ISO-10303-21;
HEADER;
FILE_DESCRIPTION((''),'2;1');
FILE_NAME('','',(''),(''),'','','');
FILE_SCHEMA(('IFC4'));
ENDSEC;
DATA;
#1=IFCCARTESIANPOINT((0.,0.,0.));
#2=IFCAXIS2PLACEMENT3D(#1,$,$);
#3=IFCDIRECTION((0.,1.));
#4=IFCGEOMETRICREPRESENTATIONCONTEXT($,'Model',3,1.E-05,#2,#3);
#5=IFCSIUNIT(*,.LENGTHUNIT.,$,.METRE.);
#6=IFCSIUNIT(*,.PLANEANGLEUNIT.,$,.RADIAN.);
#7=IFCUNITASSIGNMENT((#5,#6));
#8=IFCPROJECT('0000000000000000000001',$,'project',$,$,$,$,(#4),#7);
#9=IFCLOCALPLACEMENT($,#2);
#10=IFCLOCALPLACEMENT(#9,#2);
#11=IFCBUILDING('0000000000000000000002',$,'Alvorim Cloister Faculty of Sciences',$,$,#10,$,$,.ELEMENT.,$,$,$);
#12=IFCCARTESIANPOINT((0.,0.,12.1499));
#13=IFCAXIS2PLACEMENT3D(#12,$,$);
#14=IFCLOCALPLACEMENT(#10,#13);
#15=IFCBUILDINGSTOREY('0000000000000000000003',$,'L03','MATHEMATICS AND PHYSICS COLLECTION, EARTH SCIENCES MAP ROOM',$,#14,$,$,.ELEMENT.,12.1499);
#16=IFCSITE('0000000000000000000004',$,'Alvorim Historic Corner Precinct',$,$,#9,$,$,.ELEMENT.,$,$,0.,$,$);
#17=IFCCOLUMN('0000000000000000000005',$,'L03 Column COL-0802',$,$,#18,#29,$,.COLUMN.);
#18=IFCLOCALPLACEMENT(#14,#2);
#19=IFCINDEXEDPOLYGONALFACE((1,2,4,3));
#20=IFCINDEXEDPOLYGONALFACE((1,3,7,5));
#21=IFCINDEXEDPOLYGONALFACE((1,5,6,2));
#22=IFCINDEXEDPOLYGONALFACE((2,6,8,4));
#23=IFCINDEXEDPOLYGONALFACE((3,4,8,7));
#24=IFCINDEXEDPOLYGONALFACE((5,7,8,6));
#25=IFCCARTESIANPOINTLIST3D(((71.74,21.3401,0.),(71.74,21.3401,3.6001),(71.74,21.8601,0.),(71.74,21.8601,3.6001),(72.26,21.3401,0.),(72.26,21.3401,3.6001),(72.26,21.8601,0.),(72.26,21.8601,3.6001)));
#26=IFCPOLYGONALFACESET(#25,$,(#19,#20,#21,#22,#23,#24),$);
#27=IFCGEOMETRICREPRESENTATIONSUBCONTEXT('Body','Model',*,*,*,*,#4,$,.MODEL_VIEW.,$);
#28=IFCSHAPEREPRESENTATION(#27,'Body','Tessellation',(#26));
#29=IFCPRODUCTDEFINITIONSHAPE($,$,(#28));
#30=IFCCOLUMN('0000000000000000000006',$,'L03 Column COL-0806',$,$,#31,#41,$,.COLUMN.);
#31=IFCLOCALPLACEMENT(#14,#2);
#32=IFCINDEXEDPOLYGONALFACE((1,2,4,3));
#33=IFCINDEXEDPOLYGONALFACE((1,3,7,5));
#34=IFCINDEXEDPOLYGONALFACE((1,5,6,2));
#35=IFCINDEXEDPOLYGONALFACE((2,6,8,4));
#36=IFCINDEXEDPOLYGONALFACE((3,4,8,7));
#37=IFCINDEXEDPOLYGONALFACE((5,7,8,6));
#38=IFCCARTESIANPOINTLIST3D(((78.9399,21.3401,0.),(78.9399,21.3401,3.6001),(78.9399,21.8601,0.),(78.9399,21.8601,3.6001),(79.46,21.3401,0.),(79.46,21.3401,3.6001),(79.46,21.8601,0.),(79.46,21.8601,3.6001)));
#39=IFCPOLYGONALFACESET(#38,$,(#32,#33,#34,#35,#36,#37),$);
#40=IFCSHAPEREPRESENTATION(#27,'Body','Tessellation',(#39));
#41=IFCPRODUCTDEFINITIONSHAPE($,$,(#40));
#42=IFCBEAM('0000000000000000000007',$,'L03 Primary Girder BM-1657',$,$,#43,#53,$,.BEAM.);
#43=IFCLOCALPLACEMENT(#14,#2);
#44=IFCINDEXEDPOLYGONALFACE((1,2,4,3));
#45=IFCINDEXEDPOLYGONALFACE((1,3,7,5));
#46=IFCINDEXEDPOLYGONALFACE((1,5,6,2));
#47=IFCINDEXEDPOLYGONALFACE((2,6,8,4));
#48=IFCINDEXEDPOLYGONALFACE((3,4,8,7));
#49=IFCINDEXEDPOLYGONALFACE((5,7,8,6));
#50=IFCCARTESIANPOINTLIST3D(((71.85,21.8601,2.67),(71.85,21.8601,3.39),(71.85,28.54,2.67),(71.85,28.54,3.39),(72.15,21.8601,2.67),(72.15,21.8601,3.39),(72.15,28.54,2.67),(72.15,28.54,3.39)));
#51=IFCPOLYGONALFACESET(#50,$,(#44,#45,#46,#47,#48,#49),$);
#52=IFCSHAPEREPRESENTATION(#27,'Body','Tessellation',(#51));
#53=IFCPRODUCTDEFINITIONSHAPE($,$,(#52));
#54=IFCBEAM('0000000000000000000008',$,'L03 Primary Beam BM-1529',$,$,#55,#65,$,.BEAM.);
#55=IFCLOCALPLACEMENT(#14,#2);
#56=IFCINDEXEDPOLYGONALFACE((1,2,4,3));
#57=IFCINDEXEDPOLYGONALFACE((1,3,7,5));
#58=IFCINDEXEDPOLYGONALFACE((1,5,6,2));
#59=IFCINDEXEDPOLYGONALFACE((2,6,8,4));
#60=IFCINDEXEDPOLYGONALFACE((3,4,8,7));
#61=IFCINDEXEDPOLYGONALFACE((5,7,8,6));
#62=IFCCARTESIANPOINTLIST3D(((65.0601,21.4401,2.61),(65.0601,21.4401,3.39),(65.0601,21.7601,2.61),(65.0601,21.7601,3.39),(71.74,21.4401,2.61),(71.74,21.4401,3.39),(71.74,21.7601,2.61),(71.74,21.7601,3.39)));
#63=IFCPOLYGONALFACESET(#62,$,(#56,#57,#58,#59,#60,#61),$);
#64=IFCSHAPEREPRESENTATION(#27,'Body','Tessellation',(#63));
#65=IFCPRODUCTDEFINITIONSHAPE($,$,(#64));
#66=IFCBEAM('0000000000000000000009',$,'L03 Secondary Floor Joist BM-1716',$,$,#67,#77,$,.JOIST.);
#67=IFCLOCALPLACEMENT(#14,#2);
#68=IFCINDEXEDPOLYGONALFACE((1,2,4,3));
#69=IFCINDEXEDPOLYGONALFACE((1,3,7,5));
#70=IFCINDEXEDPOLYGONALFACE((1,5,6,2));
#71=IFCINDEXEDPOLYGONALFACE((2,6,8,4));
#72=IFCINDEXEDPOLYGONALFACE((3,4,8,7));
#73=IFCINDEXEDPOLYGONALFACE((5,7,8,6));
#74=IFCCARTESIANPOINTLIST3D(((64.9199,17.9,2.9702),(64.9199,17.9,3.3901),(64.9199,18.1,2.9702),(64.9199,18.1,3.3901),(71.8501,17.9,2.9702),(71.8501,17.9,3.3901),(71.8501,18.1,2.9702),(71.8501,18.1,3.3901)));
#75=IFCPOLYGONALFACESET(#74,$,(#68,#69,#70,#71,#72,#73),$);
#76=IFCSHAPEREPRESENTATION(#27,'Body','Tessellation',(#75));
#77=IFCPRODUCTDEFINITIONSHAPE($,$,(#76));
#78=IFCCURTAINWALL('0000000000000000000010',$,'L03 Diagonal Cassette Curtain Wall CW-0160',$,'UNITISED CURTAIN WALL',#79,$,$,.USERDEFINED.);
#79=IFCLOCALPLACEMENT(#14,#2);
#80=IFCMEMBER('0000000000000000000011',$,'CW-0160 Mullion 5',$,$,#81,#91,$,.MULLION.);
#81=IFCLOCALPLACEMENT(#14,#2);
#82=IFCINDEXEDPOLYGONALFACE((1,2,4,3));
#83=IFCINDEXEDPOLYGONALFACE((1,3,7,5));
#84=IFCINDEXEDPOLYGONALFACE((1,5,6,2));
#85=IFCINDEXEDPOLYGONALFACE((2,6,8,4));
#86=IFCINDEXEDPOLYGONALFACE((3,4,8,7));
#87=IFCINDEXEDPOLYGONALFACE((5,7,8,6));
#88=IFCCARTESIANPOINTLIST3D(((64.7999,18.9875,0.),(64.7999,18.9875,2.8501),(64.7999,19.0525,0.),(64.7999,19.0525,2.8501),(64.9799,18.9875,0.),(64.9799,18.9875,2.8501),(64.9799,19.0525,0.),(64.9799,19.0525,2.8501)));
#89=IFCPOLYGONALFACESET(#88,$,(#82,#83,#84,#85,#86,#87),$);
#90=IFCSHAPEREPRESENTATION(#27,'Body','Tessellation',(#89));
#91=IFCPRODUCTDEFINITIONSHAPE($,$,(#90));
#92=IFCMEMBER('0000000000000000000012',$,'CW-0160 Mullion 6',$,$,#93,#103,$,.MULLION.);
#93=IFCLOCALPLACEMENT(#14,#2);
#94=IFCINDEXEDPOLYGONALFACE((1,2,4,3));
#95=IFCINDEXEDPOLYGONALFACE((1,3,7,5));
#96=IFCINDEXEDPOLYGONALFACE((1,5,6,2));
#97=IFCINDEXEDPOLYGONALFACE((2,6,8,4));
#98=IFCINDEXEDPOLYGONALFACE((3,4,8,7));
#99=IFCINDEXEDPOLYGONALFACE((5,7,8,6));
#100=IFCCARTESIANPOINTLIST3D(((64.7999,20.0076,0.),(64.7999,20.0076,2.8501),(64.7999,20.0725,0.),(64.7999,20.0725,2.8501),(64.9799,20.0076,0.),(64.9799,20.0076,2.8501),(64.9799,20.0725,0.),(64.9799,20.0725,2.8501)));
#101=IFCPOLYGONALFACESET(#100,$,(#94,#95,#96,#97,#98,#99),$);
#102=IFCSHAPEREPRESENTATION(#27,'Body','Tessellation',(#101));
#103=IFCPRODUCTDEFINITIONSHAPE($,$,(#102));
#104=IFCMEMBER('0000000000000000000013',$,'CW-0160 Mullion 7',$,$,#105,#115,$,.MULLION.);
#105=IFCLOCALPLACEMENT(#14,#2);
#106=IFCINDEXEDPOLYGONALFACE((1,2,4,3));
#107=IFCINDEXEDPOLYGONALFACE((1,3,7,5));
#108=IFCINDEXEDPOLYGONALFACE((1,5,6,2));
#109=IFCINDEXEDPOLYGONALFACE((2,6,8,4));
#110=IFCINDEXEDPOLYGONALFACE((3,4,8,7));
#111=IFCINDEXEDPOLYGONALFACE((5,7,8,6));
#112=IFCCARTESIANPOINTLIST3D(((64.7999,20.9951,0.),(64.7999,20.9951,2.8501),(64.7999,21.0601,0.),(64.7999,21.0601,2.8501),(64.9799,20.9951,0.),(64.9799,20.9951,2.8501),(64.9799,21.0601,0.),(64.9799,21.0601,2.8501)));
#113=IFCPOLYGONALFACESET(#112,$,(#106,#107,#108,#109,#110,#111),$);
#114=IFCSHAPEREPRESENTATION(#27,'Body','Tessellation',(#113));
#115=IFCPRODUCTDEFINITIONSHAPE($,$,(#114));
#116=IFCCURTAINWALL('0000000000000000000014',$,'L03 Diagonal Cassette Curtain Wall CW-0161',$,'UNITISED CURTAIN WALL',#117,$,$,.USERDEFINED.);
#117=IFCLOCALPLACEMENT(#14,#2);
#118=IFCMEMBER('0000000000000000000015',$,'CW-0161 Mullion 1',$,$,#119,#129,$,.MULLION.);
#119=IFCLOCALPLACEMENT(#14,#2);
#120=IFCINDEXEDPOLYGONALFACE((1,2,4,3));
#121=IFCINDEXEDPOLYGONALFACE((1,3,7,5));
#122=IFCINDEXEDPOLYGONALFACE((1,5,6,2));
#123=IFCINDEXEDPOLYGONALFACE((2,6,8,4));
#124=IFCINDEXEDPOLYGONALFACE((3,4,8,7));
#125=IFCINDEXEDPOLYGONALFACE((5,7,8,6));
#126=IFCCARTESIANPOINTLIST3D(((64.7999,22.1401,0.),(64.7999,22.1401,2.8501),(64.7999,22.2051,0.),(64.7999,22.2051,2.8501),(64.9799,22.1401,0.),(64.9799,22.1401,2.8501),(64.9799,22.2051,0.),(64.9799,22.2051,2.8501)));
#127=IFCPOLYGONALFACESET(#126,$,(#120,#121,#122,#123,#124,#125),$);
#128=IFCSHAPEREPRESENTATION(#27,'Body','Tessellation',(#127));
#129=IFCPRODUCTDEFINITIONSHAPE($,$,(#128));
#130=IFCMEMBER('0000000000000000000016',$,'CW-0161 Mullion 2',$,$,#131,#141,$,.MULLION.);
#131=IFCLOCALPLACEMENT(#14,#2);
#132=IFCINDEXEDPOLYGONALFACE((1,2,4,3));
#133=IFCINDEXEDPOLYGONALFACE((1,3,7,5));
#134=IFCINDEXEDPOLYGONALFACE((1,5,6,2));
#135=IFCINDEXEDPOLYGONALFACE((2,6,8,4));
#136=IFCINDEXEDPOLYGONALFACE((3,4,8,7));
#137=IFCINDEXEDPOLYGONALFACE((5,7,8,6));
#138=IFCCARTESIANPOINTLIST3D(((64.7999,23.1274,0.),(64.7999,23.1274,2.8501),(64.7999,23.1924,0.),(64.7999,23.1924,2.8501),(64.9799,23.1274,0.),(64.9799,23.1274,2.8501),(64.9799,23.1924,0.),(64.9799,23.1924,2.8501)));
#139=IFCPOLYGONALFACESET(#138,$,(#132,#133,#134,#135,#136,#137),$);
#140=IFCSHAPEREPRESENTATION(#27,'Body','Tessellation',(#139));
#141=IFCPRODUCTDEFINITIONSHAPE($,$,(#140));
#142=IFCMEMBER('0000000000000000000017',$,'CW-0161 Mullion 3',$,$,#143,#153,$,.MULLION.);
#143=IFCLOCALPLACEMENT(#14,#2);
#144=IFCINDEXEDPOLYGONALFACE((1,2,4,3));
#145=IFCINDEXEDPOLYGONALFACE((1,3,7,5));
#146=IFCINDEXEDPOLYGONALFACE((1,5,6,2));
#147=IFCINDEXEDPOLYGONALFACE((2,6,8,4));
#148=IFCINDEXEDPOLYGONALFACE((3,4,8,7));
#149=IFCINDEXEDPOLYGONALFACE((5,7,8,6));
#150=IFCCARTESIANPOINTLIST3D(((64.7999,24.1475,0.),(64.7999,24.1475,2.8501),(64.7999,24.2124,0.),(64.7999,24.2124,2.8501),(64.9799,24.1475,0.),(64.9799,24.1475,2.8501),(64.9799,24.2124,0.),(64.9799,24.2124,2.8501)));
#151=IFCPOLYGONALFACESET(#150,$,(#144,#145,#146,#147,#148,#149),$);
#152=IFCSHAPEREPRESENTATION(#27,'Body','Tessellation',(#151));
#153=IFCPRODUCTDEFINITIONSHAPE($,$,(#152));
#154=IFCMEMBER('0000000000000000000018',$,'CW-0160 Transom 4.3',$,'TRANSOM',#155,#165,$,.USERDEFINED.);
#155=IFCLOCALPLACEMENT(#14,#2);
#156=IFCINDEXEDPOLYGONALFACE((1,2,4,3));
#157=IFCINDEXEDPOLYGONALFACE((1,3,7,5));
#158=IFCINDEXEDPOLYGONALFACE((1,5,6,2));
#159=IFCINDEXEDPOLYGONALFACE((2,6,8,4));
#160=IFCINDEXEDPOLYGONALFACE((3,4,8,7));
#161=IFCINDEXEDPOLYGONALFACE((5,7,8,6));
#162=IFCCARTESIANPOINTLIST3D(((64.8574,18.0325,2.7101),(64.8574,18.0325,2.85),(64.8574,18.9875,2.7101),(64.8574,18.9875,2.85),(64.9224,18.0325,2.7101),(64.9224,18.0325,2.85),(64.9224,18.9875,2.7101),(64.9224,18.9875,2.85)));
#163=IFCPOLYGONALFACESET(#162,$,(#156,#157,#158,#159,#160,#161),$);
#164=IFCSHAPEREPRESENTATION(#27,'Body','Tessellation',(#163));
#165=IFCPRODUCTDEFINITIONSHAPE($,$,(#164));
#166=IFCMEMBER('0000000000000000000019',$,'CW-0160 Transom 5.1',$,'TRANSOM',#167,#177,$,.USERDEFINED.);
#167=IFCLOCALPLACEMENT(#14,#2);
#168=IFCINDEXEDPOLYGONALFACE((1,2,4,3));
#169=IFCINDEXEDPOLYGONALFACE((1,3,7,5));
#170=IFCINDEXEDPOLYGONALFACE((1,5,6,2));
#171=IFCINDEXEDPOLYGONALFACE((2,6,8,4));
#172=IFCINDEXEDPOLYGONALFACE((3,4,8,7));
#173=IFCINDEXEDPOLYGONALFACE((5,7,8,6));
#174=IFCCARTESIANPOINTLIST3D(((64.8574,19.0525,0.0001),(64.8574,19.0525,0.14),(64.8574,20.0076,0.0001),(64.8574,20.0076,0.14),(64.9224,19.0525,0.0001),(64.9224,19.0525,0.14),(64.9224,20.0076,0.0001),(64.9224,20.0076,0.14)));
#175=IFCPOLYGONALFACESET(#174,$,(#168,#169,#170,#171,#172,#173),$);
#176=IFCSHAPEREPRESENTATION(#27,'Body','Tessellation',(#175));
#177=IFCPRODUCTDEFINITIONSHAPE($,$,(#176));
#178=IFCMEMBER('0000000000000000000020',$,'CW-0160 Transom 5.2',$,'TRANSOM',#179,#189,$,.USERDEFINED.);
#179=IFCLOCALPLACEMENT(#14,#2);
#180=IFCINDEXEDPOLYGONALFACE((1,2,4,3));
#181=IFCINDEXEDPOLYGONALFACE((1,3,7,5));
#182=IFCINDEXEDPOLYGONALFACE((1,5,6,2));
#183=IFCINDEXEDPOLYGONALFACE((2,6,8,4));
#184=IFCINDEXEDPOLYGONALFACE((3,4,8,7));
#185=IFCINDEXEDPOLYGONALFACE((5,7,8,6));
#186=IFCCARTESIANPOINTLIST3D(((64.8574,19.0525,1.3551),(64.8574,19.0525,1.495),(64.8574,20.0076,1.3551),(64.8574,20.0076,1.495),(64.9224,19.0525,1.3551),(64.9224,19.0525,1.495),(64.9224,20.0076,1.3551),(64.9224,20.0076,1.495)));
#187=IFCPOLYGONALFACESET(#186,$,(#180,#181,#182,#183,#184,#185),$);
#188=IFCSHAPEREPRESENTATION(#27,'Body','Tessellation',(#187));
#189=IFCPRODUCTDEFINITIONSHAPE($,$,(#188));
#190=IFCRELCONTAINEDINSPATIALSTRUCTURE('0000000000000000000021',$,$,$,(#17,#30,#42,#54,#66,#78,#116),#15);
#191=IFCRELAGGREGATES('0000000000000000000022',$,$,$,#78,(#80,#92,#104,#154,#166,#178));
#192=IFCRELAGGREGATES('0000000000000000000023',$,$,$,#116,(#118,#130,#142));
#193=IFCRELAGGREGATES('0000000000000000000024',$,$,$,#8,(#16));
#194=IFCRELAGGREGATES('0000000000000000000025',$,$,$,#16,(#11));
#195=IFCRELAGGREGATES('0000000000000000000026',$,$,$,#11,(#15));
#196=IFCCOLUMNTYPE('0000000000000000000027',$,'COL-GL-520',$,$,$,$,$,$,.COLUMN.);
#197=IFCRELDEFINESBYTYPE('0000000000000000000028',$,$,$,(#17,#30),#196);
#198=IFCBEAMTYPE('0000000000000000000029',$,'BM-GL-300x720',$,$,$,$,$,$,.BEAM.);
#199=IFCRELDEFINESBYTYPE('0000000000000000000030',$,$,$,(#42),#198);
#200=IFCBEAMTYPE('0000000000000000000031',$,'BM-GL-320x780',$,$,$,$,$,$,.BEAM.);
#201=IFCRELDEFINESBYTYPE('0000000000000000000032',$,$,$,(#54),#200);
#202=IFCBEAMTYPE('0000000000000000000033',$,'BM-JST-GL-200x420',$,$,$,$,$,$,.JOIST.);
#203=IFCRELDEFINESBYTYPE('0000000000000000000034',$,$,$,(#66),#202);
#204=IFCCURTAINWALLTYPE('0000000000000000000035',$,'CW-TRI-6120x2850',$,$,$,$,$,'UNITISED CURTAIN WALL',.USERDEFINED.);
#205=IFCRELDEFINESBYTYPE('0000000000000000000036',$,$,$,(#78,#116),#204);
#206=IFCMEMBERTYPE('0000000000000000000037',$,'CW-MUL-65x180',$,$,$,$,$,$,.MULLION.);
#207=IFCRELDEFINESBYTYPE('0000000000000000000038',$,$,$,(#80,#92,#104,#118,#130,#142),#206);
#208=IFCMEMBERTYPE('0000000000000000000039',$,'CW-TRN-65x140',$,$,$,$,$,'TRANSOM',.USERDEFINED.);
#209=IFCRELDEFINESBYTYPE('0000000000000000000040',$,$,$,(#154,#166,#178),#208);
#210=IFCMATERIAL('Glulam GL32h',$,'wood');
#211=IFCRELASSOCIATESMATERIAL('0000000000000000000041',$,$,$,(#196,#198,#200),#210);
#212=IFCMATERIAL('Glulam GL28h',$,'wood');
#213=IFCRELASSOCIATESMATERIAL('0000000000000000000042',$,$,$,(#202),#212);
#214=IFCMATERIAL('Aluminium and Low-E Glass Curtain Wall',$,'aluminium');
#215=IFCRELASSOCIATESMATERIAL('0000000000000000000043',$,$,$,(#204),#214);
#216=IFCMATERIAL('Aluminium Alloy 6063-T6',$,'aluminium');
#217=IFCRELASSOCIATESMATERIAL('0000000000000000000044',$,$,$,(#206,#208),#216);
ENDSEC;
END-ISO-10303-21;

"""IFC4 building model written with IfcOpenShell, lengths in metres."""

from ifc_helpers import new_model, si_unit, direction, frame, origin, origin_2d, place, context, subcontext, project, spatial, rectangle, extrude, material, material_profile, profile_set, type_object, element, aggregate, save


model = new_model("IFC4")

# Units and contexts
model_context = context("Model", 3, precision=1e-05, world=origin(), true_north=direction((0.0, 1.0)))
body_context = subcontext(model_context, "Body", "Model", "MODEL_VIEW")
ifc_project = project(units=[si_unit("LENGTHUNIT", "METRE"), si_unit("PLANEANGLEUNIT", "RADIAN")], contexts=[model_context])

# Site, building, storey
site_placement = place(None, origin())
site = spatial("IfcSite", under=ifc_project, at=site_placement, Name="Alvorim Historic Corner Precinct", CompositionType="ELEMENT", RefElevation=0.0)
building_placement = place(site_placement, origin())
building = spatial("IfcBuilding", under=site, at=building_placement, Name="Alvorim Cloister Faculty of Sciences", CompositionType="ELEMENT")
storey_placement = place(building_placement, frame((0.0, 0.0, 12.1499)))
storey = spatial("IfcBuildingStorey", under=building, at=storey_placement, Name="L03", Description="MATHEMATICS AND PHYSICS COLLECTION, EARTH SCIENCES MAP ROOM", CompositionType="ELEMENT", Elevation=12.1499)

# Columns
ifc_material_1 = material(Name="Glulam GL32h", Category="wood")
ifc_material_profile_1 = material_profile(ifc_material_1, rectangle(XDim=0.52, YDim=0.52, at=origin_2d()), Name="GL32-COL-520x520")
ifc_profile_set_1 = profile_set([ifc_material_profile_1], Name="Glulam GL32h")
column_type = type_object("IfcColumnType", Name="COL-GL-520", PredefinedType="COLUMN", material=ifc_profile_set_1)
for number, where, z_axis, x_axis, name in (
    (1, (72.0, 21.6001, 0.0), (0.0, 0.0, 1.0), (1.0, 0.0, 0.0), "L03 Column COL-0802"),
    (2, (79.2, 21.6001, 0.0), (0.0, 0.0, 1.0), (1.0, 0.0, 0.0), "L03 Column COL-0806"),
):
    element("IfcColumn", number, at=place(storey_placement, frame(where, z_axis=z_axis, x_axis=x_axis)), inside=storey, type_object=column_type, Name=name, PredefinedType="COLUMN", context=body_context, shape_type="SweptSolid", body=[
        extrude(rectangle(XDim=0.52, YDim=0.52, at=origin_2d()), origin(), (0.0, 0.0, 1.0), 3.6001),
    ])

# Beams
ifc_material_profile_2 = material_profile(ifc_material_1, rectangle(XDim=0.3, YDim=0.72, at=origin_2d()), Name="GL32-BM-300x720")
ifc_profile_set_2 = profile_set([ifc_material_profile_2], Name="Glulam GL32h")
beam_type_1 = type_object("IfcBeamType", Name="BM-GL-300x720", PredefinedType="BEAM", material=ifc_profile_set_2)
beam_1_placement = place(storey_placement, frame((72.0, 21.8601, 3.03), z_axis=(0.0, 1.0, 0.0), x_axis=(-1.0, 0.0, 0.0)))
element("IfcBeam", 3, at=beam_1_placement, inside=storey, type_object=beam_type_1, Name="L03 Primary Girder BM-1657", PredefinedType="BEAM", context=body_context, shape_type="SweptSolid", body=[
    extrude(rectangle(XDim=0.3, YDim=0.72, at=origin_2d()), origin(), (0.0, 0.0, 1.0), 6.6799),
])
ifc_material_profile_3 = material_profile(ifc_material_1, rectangle(XDim=0.3201, YDim=0.78, at=origin_2d()), Name="GL32-BM-320x780")
ifc_profile_set_3 = profile_set([ifc_material_profile_3], Name="Glulam GL32h")
beam_type_2 = type_object("IfcBeamType", Name="BM-GL-320x780", PredefinedType="BEAM", material=ifc_profile_set_3)
beam_2_placement = place(storey_placement, frame((65.0601, 21.6001, 3.0), z_axis=(1.0, 0.0, 0.0), x_axis=(0.0, 1.0, 0.0)))
element("IfcBeam", 4, at=beam_2_placement, inside=storey, type_object=beam_type_2, Name="L03 Primary Beam BM-1529", PredefinedType="BEAM", context=body_context, shape_type="SweptSolid", body=[
    extrude(rectangle(XDim=0.3201, YDim=0.78, at=origin_2d()), origin(), (0.0, 0.0, 1.0), 6.6799),
])
ifc_material_2 = material(Name="Glulam GL28h", Category="wood")
ifc_material_profile_4 = material_profile(ifc_material_2, rectangle(XDim=0.2, YDim=0.4199, at=origin_2d()), Name="GL28-JST-200x420")
ifc_profile_set_4 = profile_set([ifc_material_profile_4], Name="Glulam GL28h")
beam_type_3 = type_object("IfcBeamType", Name="BM-JST-GL-200x420", PredefinedType="JOIST", material=ifc_profile_set_4)
beam_3_placement = place(storey_placement, frame((64.9199, 18.0, 3.1802), z_axis=(1.0, 0.0, 0.0), x_axis=(0.0, 1.0, 0.0)))
element("IfcBeam", 5, at=beam_3_placement, inside=storey, type_object=beam_type_3, Name="L03 Secondary Floor Joist BM-1716", PredefinedType="JOIST", context=body_context, shape_type="SweptSolid", body=[
    extrude(rectangle(XDim=0.2, YDim=0.4199, at=origin_2d()), origin(), (0.0, 0.0, 1.0), 6.9302),
])

# Curtain walls, members
ifc_material_3 = material(Name="Aluminium and Low-E Glass Curtain Wall", Category="aluminium")
curtain_wall_type = type_object("IfcCurtainWallType", Name="CW-TRI-6120x2850", ElementType="UNITISED CURTAIN WALL", PredefinedType="USERDEFINED", material=ifc_material_3)
curtain_wall_1_placement = place(storey_placement, origin())
curtain_wall_1 = element("IfcCurtainWall", 6, at=curtain_wall_1_placement, inside=storey, type_object=curtain_wall_type, Name="L03 Diagonal Cassette Curtain Wall CW-0160", ObjectType="UNITISED CURTAIN WALL", PredefinedType="USERDEFINED")
ifc_material_4 = material(Name="Aluminium Alloy 6063-T6", Category="aluminium")
ifc_material_profile_5 = material_profile(ifc_material_4, rectangle(XDim=0.0649, YDim=0.1799, at=origin_2d()), Name="ALU-MUL-65x180")
ifc_profile_set_5 = profile_set([ifc_material_profile_5], Name="Aluminium Alloy 6063-T6")
member_type_1 = type_object("IfcMemberType", Name="CW-MUL-65x180", PredefinedType="MULLION", material=ifc_profile_set_5)
member_1_placement = place(storey_placement, frame((64.8899, 19.02, 0.0), z_axis=(0.0, 0.0, 1.0), x_axis=(0.0, 1.0, 0.0)))
member_1 = element("IfcMember", 7, at=member_1_placement, type_object=member_type_1, Name="CW-0160 Mullion 5", PredefinedType="MULLION", context=body_context, shape_type="SweptSolid", body=[
    extrude(rectangle(XDim=0.0649, YDim=0.1799, at=origin_2d()), origin(), (0.0, 0.0, 1.0), 2.8501),
])
member_2_placement = place(storey_placement, frame((64.8899, 20.04, 0.0), z_axis=(0.0, 0.0, 1.0), x_axis=(0.0, 1.0, 0.0)))
member_2 = element("IfcMember", 8, at=member_2_placement, type_object=member_type_1, Name="CW-0160 Mullion 6", PredefinedType="MULLION", context=body_context, shape_type="SweptSolid", body=[
    extrude(rectangle(XDim=0.0649, YDim=0.1799, at=origin_2d()), origin(), (0.0, 0.0, 1.0), 2.8501),
])
member_3_placement = place(storey_placement, frame((64.8899, 21.0276, 0.0), z_axis=(0.0, 0.0, 1.0), x_axis=(0.0, 1.0, 0.0)))
member_3 = element("IfcMember", 9, at=member_3_placement, type_object=member_type_1, Name="CW-0160 Mullion 7", PredefinedType="MULLION", context=body_context, shape_type="SweptSolid", body=[
    extrude(rectangle(XDim=0.0649, YDim=0.1799, at=origin_2d()), origin(), (0.0, 0.0, 1.0), 2.8501),
])
curtain_wall_2_placement = place(storey_placement, origin())
curtain_wall_2 = element("IfcCurtainWall", 10, at=curtain_wall_2_placement, inside=storey, type_object=curtain_wall_type, Name="L03 Diagonal Cassette Curtain Wall CW-0161", ObjectType="UNITISED CURTAIN WALL", PredefinedType="USERDEFINED")
member_4_placement = place(storey_placement, frame((64.8899, 22.1726, 0.0), z_axis=(0.0, 0.0, 1.0), x_axis=(0.0, 1.0, 0.0)))
member_4 = element("IfcMember", 11, at=member_4_placement, type_object=member_type_1, Name="CW-0161 Mullion 1", PredefinedType="MULLION", context=body_context, shape_type="SweptSolid", body=[
    extrude(rectangle(XDim=0.0649, YDim=0.1799, at=origin_2d()), origin(), (0.0, 0.0, 1.0), 2.8501),
])
member_5_placement = place(storey_placement, frame((64.8899, 23.1599, 0.0), z_axis=(0.0, 0.0, 1.0), x_axis=(0.0, 1.0, 0.0)))
member_5 = element("IfcMember", 12, at=member_5_placement, type_object=member_type_1, Name="CW-0161 Mullion 2", PredefinedType="MULLION", context=body_context, shape_type="SweptSolid", body=[
    extrude(rectangle(XDim=0.0649, YDim=0.1799, at=origin_2d()), origin(), (0.0, 0.0, 1.0), 2.8501),
])
member_6_placement = place(storey_placement, frame((64.8899, 24.1799, 0.0), z_axis=(0.0, 0.0, 1.0), x_axis=(0.0, 1.0, 0.0)))
member_6 = element("IfcMember", 13, at=member_6_placement, type_object=member_type_1, Name="CW-0161 Mullion 3", PredefinedType="MULLION", context=body_context, shape_type="SweptSolid", body=[
    extrude(rectangle(XDim=0.0649, YDim=0.1799, at=origin_2d()), origin(), (0.0, 0.0, 1.0), 2.8501),
])

# Members
ifc_material_profile_6 = material_profile(ifc_material_4, rectangle(XDim=0.0649, YDim=0.1399, at=origin_2d()), Name="ALU-TRN-65x140")
ifc_profile_set_6 = profile_set([ifc_material_profile_6], Name="Aluminium Alloy 6063-T6")
member_type_2 = type_object("IfcMemberType", Name="CW-TRN-65x140", ElementType="TRANSOM", PredefinedType="USERDEFINED", material=ifc_profile_set_6)
member_7_placement = place(storey_placement, frame((64.8899, 18.0325, 2.78), z_axis=(0.0, 1.0, 0.0), x_axis=(-1.0, 0.0, 0.0)))
member_7 = element("IfcMember", 14, at=member_7_placement, type_object=member_type_2, Name="CW-0160 Transom 4.3", ObjectType="TRANSOM", PredefinedType="USERDEFINED", context=body_context, shape_type="SweptSolid", body=[
    extrude(rectangle(XDim=0.0649, YDim=0.1399, at=origin_2d()), origin(), (0.0, 0.0, 1.0), 0.9551),
])
member_8_placement = place(storey_placement, frame((64.8899, 19.0525, 0.0701), z_axis=(0.0, 1.0, 0.0), x_axis=(-1.0, 0.0, 0.0)))
member_8 = element("IfcMember", 15, at=member_8_placement, type_object=member_type_2, Name="CW-0160 Transom 5.1", ObjectType="TRANSOM", PredefinedType="USERDEFINED", context=body_context, shape_type="SweptSolid", body=[
    extrude(rectangle(XDim=0.0649, YDim=0.1399, at=origin_2d()), origin(), (0.0, 0.0, 1.0), 0.9551),
])
member_9_placement = place(storey_placement, frame((64.8899, 19.0525, 1.425), z_axis=(0.0, 1.0, 0.0), x_axis=(-1.0, 0.0, 0.0)))
member_9 = element("IfcMember", 16, at=member_9_placement, type_object=member_type_2, Name="CW-0160 Transom 5.2", ObjectType="TRANSOM", PredefinedType="USERDEFINED", context=body_context, shape_type="SweptSolid", body=[
    extrude(rectangle(XDim=0.0649, YDim=0.1399, at=origin_2d()), origin(), (0.0, 0.0, 1.0), 0.9551),
])
aggregate(curtain_wall_1, [member_1, member_2, member_3, member_7, member_8, member_9])
aggregate(curtain_wall_2, [member_4, member_5, member_6])

save(model, "model.ifc")
